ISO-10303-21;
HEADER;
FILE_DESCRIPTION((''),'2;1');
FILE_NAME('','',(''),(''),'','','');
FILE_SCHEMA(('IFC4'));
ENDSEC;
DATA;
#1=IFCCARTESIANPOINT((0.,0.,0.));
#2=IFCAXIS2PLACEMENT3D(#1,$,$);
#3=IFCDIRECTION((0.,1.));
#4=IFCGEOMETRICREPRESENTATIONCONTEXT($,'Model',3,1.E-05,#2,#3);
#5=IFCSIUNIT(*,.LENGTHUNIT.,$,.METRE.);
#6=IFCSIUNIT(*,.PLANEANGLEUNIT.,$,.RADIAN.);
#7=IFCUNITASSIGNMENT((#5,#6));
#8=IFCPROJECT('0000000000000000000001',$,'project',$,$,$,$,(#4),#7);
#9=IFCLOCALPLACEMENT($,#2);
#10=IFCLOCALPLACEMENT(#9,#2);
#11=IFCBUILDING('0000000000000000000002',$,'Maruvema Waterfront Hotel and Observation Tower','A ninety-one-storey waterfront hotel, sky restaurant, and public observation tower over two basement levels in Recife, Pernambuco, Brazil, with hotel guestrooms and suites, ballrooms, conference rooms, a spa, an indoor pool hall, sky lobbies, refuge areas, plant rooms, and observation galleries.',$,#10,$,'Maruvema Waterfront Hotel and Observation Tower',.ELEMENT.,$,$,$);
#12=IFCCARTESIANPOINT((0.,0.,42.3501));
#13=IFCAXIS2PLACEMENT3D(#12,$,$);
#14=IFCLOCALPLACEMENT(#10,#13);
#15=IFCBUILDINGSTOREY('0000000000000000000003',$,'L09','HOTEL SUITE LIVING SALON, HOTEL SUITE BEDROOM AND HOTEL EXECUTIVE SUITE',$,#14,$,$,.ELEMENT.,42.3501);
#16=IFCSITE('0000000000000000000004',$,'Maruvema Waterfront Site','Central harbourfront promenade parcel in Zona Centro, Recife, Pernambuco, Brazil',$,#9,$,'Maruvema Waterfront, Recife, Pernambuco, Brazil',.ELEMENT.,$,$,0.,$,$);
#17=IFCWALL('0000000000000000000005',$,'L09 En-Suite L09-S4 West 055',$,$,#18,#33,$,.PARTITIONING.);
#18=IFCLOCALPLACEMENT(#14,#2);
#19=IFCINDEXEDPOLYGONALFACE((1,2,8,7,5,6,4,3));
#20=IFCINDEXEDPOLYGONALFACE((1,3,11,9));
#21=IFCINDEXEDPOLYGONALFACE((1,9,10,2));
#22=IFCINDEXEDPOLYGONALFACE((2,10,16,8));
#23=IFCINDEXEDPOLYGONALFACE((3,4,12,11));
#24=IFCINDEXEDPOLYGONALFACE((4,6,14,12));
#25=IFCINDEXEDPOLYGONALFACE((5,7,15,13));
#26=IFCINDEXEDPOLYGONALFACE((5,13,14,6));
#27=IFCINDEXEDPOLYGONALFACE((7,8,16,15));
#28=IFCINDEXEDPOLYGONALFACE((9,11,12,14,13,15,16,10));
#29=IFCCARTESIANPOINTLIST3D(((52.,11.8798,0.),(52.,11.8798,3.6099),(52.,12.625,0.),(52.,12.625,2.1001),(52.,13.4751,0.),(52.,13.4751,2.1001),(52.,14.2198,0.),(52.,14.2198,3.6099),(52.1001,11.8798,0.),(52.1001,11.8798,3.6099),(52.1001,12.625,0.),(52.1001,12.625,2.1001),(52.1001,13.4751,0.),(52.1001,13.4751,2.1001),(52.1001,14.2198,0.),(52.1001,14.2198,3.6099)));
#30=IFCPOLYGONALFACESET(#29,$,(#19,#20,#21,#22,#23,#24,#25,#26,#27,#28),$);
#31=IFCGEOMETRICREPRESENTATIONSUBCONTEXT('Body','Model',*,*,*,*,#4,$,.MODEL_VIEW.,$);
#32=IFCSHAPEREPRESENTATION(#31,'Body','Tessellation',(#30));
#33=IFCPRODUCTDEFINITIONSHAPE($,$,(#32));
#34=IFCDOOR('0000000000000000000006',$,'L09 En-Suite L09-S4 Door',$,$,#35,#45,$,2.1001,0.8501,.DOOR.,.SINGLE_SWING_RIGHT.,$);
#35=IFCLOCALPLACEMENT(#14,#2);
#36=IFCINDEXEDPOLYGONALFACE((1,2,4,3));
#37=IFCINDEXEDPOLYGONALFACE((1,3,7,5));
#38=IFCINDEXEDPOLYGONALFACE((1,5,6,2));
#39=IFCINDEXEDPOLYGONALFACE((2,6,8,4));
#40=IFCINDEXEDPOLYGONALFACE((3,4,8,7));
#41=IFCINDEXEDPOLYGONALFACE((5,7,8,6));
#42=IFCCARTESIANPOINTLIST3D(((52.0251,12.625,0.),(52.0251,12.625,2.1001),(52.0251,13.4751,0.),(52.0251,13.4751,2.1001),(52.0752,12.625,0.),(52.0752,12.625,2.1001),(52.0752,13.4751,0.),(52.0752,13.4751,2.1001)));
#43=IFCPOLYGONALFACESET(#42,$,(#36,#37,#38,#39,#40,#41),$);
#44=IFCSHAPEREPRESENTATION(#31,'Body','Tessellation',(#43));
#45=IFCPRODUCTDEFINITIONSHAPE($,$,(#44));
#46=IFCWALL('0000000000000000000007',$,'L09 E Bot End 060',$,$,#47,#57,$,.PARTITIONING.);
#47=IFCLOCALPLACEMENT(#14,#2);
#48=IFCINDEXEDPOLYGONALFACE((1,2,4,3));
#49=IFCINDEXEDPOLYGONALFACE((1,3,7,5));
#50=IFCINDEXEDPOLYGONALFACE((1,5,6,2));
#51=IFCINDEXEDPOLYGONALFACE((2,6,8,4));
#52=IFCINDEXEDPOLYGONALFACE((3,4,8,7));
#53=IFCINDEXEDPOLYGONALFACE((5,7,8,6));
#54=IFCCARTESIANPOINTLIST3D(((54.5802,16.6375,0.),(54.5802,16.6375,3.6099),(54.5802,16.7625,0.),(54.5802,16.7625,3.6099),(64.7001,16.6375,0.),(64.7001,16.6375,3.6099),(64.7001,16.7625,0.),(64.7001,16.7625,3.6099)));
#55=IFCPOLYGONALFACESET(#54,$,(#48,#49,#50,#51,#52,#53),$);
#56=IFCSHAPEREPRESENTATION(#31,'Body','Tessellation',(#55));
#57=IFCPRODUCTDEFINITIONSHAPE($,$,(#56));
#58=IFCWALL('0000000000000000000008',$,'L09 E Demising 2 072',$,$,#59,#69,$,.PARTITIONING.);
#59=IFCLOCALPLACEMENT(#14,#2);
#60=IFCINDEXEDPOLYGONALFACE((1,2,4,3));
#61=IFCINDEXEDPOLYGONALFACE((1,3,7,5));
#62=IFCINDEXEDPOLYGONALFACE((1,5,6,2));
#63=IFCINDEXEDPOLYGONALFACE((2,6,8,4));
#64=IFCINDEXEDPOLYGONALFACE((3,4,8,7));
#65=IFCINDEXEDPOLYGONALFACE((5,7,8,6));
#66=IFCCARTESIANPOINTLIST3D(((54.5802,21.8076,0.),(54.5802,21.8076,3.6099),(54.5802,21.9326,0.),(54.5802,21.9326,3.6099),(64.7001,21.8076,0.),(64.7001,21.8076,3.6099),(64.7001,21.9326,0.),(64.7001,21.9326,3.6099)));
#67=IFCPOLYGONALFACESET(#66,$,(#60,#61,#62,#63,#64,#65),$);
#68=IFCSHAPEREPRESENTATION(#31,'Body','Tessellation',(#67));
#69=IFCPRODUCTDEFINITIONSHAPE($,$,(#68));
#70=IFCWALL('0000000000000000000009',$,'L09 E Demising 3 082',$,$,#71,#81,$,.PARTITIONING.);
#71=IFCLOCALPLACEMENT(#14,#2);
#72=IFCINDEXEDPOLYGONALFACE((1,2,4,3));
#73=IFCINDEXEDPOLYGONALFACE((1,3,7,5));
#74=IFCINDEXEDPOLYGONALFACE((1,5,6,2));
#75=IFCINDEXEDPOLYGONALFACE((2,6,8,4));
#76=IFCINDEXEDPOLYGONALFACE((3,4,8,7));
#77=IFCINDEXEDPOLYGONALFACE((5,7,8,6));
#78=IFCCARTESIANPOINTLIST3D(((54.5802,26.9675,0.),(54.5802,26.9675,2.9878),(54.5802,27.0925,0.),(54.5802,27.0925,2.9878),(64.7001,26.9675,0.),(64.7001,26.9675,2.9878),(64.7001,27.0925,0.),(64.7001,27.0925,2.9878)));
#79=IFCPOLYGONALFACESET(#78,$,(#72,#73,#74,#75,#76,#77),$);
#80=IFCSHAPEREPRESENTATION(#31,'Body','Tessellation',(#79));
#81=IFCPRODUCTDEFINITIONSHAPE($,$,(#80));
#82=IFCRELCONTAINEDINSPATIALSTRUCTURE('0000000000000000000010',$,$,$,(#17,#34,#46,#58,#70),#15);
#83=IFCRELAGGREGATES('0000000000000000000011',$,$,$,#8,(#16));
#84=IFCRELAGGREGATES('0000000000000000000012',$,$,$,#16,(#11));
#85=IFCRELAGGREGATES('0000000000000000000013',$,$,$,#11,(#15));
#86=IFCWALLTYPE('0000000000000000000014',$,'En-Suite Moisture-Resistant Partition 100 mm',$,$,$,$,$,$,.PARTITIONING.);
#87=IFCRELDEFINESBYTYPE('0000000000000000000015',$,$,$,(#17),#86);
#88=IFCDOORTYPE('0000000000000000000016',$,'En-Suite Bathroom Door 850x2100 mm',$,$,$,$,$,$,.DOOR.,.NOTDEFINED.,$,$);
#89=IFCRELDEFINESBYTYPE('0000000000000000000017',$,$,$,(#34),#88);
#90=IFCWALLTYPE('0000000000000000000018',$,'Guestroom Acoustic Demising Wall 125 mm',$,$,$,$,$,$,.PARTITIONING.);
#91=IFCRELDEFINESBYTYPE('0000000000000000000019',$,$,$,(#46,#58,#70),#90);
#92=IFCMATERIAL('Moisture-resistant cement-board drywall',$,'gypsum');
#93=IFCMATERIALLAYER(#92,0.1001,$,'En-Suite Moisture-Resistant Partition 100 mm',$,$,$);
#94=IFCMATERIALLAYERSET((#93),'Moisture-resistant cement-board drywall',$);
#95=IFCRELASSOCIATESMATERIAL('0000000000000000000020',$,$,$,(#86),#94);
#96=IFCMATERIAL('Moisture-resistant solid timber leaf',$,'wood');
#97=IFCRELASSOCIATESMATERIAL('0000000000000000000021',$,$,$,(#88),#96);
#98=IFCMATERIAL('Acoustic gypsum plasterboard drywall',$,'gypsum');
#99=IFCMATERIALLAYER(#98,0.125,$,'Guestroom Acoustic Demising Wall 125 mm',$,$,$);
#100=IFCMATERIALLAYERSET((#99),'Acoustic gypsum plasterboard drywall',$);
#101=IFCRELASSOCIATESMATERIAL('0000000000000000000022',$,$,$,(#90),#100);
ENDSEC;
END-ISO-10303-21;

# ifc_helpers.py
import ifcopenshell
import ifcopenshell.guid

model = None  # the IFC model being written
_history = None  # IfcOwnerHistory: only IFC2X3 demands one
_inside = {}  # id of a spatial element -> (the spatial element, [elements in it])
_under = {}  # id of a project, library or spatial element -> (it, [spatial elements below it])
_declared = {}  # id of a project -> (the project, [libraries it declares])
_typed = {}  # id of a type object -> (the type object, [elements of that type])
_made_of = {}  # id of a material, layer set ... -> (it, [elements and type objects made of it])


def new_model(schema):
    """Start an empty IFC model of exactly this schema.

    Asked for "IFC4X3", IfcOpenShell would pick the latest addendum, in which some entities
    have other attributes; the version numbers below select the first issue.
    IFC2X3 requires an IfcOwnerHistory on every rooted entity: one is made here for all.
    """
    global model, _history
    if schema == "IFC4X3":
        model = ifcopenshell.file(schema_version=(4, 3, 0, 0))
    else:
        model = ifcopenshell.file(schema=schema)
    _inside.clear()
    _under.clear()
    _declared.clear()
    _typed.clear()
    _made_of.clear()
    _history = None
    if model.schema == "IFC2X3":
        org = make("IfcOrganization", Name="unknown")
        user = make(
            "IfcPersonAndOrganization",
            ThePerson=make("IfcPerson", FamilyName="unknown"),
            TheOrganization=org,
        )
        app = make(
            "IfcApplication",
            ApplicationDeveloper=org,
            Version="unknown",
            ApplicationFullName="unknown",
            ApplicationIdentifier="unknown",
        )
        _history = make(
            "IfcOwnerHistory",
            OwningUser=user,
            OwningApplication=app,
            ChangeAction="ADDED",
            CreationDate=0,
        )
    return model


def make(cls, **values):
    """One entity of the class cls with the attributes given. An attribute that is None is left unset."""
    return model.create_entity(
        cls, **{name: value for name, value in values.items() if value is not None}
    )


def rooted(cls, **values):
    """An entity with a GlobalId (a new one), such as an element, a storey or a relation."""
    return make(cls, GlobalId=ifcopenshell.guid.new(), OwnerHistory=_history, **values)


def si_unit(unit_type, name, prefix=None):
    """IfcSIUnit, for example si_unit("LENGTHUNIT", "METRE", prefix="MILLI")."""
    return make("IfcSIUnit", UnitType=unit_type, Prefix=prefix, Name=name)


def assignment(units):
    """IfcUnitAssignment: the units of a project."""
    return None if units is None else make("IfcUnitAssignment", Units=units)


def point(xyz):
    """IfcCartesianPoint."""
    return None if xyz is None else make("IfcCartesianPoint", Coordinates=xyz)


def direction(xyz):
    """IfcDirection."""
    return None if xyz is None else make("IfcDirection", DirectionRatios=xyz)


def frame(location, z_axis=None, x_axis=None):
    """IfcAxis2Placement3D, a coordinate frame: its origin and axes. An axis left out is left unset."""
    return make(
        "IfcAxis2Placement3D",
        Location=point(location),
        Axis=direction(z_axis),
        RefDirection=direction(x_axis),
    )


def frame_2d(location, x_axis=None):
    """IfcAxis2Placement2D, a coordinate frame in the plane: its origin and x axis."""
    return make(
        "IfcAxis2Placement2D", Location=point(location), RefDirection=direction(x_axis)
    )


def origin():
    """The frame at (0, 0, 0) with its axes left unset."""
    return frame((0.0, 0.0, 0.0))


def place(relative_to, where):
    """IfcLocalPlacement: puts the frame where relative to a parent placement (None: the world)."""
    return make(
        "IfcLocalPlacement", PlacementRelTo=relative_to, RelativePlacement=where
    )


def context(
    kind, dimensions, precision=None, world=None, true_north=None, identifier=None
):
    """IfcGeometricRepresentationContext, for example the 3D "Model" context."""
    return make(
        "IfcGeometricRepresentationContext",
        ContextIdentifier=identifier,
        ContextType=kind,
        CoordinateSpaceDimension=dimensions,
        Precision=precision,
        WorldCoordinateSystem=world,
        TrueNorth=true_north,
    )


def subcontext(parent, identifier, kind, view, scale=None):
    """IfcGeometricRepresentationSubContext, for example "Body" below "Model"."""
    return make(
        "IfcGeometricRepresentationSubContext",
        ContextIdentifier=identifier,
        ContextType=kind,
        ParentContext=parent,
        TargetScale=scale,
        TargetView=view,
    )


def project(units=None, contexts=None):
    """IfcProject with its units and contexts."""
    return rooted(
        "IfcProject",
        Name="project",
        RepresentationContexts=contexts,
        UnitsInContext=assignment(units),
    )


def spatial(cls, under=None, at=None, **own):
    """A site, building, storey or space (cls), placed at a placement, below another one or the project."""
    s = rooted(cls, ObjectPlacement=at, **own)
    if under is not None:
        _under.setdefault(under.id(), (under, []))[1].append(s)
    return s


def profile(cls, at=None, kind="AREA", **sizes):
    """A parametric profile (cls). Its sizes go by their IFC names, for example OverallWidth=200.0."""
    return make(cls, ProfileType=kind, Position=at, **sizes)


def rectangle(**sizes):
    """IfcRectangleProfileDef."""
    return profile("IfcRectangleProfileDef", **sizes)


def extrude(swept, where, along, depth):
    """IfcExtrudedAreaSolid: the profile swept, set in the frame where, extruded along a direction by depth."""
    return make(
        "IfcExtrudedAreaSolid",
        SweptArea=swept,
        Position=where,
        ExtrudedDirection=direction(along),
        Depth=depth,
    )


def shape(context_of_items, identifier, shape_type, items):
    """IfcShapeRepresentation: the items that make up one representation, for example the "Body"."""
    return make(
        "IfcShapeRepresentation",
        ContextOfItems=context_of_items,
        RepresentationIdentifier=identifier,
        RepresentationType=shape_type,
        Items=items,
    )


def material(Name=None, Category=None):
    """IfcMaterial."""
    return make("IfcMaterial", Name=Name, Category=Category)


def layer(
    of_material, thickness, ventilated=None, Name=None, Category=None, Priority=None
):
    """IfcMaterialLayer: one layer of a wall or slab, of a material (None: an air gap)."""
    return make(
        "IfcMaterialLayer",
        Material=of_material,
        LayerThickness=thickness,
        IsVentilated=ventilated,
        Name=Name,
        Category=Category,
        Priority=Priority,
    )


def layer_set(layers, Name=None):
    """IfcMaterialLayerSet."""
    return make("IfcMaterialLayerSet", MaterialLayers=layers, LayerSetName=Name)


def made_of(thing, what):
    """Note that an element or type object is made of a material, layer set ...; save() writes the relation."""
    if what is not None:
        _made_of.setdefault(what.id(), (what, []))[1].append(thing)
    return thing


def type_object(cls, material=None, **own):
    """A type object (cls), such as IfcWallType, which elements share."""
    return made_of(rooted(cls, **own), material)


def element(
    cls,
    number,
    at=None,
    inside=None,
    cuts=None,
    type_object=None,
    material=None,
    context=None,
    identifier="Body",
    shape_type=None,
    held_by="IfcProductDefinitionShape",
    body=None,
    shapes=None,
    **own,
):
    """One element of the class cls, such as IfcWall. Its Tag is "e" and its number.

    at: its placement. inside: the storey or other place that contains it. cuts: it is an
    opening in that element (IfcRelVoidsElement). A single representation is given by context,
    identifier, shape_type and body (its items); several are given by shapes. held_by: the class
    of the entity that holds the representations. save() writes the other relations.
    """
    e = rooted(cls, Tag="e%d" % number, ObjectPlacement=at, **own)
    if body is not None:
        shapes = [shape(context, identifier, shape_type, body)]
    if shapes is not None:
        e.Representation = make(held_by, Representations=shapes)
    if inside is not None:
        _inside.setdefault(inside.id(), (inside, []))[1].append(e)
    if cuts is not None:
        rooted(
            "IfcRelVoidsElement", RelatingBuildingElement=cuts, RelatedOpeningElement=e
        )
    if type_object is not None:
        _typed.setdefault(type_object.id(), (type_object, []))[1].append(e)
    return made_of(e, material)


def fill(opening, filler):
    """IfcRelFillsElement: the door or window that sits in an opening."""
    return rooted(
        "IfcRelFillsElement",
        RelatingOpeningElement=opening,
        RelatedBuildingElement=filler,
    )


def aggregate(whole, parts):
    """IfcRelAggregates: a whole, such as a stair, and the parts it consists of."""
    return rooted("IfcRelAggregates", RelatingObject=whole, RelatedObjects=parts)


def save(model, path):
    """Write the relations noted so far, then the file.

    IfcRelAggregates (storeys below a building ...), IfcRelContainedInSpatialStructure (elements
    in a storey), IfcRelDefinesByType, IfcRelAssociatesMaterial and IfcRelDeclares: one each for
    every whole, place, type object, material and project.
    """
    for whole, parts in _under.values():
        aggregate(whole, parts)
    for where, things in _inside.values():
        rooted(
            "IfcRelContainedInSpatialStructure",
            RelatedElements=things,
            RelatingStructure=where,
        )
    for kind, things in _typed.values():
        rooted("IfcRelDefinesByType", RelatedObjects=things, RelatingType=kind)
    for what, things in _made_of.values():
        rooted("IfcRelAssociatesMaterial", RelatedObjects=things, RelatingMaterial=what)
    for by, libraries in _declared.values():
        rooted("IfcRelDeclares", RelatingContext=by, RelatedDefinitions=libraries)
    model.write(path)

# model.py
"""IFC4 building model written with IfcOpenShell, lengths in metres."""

from ifc_helpers import new_model, si_unit, direction, frame, frame_2d, origin, place, context, subcontext, project, spatial, rectangle, extrude, material, layer, layer_set, type_object, element, fill, save


model = new_model("IFC4")

# Units and contexts
model_context = context("Model", 3, precision=1e-05, world=origin(), true_north=direction((0.0, 1.0)))
body_context = subcontext(model_context, "Body", "Model", "MODEL_VIEW")
ifc_project = project(units=[si_unit("LENGTHUNIT", "METRE"), si_unit("PLANEANGLEUNIT", "RADIAN")], contexts=[model_context])

# Site, building, storey
site_placement = place(None, origin())
site = spatial("IfcSite", under=ifc_project, at=site_placement, Name="Maruvema Waterfront Site", Description="Central harbourfront promenade parcel in Zona Centro, Recife, Pernambuco, Brazil", LongName="Maruvema Waterfront, Recife, Pernambuco, Brazil", CompositionType="ELEMENT", RefElevation=0.0)
building_placement = place(site_placement, origin())
building = spatial("IfcBuilding", under=site, at=building_placement, Name="Maruvema Waterfront Hotel and Observation Tower", Description="A ninety-one-storey waterfront hotel, sky restaurant, and public observation tower over two basement levels in Recife, Pernambuco, Brazil, with hotel guestrooms and suites, ballrooms, conference rooms, a spa, an indoor pool hall, sky lobbies, refuge areas, plant rooms, and observation galleries.", LongName="Maruvema Waterfront Hotel and Observation Tower", CompositionType="ELEMENT")
storey_placement = place(building_placement, frame((0.0, 0.0, 42.3501)))
storey = spatial("IfcBuildingStorey", under=building, at=storey_placement, Name="L09", Description="HOTEL SUITE LIVING SALON, HOTEL SUITE BEDROOM AND HOTEL EXECUTIVE SUITE", CompositionType="ELEMENT", Elevation=42.3501)

# Shared definitions
ifc_material_1 = material(Name="Moisture-resistant cement-board drywall", Category="gypsum")
ifc_layer_1 = layer(ifc_material_1, 0.1001, Name="En-Suite Moisture-Resistant Partition 100 mm")
ifc_layer_set_1 = layer_set([ifc_layer_1], Name="Moisture-resistant cement-board drywall")
wall_type_1 = type_object("IfcWallType", Name="En-Suite Moisture-Resistant Partition 100 mm", PredefinedType="PARTITIONING", material=ifc_layer_set_1)

# Wall, opening, door
wall_1_placement = place(storey_placement, frame((52.05, 11.8799, 0.0), z_axis=(0.0, 0.0, 1.0), x_axis=(0.0, 1.0, 0.0)))
wall_1 = element("IfcWall", 1, at=wall_1_placement, inside=storey, type_object=wall_type_1, Name="L09 En-Suite L09-S4 West 055", PredefinedType="PARTITIONING", context=body_context, shape_type="SweptSolid", body=[
    extrude(rectangle(XDim=2.3401, YDim=0.1001, at=frame_2d((1.1699, 0.0))), origin(), (0.0, 0.0, 1.0), 3.6099),
])
opening_1_placement = place(wall_1_placement, frame((0.7451, 0.0, 0.0)))
opening_1 = element("IfcOpeningElement", 2, at=opening_1_placement, cuts=wall_1, PredefinedType="OPENING", context=body_context, shape_type="SweptSolid", body=[
    extrude(rectangle(XDim=0.8501, YDim=2.1001, at=frame_2d((0.425, 1.05))), frame((0.0, 0.0601, 0.0), z_axis=(0.0, -1.0, 0.0), x_axis=(1.0, 0.0, 0.0)), (0.0, 0.0, 1.0), 0.1201),
])
ifc_material_2 = material(Name="Moisture-resistant solid timber leaf", Category="wood")
door_type_1 = type_object("IfcDoorType", Name="En-Suite Bathroom Door 850x2100 mm", OperationType="NOTDEFINED", PredefinedType="DOOR", material=ifc_material_2)
door_1_placement = place(opening_1_placement, origin())
door_1 = element("IfcDoor", 3, at=door_1_placement, inside=storey, type_object=door_type_1, Name="L09 En-Suite L09-S4 Door", OperationType="SINGLE_SWING_RIGHT", OverallHeight=2.1001, OverallWidth=0.8501, PredefinedType="DOOR", context=body_context, shape_type="SweptSolid", body=[
    extrude(rectangle(XDim=0.8501, YDim=2.1001, at=frame_2d((0.425, 1.05))), frame((0.0, 0.0249, 0.0), z_axis=(0.0, -1.0, 0.0), x_axis=(1.0, 0.0, 0.0)), (0.0, 0.0, 1.0), 0.05),
])
fill(opening_1, door_1)

# Walls
ifc_material_3 = material(Name="Acoustic gypsum plasterboard drywall", Category="gypsum")
ifc_layer_2 = layer(ifc_material_3, 0.125, Name="Guestroom Acoustic Demising Wall 125 mm")
ifc_layer_set_2 = layer_set([ifc_layer_2], Name="Acoustic gypsum plasterboard drywall")
wall_type_2 = type_object("IfcWallType", Name="Guestroom Acoustic Demising Wall 125 mm", PredefinedType="PARTITIONING", material=ifc_layer_set_2)
for number, where, z_axis, x_axis, name in (
    (4, (54.5801, 16.7, 0.0), (0.0, 0.0, 1.0), (1.0, 0.0, 0.0), "L09 E Bot End 060"),
    (5, (54.5801, 21.8701, 0.0), (0.0, 0.0, 1.0), (1.0, 0.0, 0.0), "L09 E Demising 2 072"),
):
    element("IfcWall", number, at=place(storey_placement, frame(where, z_axis=z_axis, x_axis=x_axis)), inside=storey, type_object=wall_type_2, Name=name, PredefinedType="PARTITIONING", context=body_context, shape_type="SweptSolid", body=[
        extrude(rectangle(XDim=10.1199, YDim=0.125, at=frame_2d((5.0601, 0.0))), origin(), (0.0, 0.0, 1.0), 3.6099),
    ])
wall_2_placement = place(storey_placement, frame((54.5801, 27.03, 0.0), z_axis=(0.0, 0.0, 1.0), x_axis=(1.0, 0.0, 0.0)))
element("IfcWall", 6, at=wall_2_placement, inside=storey, type_object=wall_type_2, Name="L09 E Demising 3 082", PredefinedType="PARTITIONING", context=body_context, shape_type="SweptSolid", body=[
    extrude(rectangle(XDim=10.1199, YDim=0.125, at=frame_2d((5.0601, 0.0))), origin(), (0.0, 0.0, 1.0), 2.9878),
])

save(model, "model.ifc")
